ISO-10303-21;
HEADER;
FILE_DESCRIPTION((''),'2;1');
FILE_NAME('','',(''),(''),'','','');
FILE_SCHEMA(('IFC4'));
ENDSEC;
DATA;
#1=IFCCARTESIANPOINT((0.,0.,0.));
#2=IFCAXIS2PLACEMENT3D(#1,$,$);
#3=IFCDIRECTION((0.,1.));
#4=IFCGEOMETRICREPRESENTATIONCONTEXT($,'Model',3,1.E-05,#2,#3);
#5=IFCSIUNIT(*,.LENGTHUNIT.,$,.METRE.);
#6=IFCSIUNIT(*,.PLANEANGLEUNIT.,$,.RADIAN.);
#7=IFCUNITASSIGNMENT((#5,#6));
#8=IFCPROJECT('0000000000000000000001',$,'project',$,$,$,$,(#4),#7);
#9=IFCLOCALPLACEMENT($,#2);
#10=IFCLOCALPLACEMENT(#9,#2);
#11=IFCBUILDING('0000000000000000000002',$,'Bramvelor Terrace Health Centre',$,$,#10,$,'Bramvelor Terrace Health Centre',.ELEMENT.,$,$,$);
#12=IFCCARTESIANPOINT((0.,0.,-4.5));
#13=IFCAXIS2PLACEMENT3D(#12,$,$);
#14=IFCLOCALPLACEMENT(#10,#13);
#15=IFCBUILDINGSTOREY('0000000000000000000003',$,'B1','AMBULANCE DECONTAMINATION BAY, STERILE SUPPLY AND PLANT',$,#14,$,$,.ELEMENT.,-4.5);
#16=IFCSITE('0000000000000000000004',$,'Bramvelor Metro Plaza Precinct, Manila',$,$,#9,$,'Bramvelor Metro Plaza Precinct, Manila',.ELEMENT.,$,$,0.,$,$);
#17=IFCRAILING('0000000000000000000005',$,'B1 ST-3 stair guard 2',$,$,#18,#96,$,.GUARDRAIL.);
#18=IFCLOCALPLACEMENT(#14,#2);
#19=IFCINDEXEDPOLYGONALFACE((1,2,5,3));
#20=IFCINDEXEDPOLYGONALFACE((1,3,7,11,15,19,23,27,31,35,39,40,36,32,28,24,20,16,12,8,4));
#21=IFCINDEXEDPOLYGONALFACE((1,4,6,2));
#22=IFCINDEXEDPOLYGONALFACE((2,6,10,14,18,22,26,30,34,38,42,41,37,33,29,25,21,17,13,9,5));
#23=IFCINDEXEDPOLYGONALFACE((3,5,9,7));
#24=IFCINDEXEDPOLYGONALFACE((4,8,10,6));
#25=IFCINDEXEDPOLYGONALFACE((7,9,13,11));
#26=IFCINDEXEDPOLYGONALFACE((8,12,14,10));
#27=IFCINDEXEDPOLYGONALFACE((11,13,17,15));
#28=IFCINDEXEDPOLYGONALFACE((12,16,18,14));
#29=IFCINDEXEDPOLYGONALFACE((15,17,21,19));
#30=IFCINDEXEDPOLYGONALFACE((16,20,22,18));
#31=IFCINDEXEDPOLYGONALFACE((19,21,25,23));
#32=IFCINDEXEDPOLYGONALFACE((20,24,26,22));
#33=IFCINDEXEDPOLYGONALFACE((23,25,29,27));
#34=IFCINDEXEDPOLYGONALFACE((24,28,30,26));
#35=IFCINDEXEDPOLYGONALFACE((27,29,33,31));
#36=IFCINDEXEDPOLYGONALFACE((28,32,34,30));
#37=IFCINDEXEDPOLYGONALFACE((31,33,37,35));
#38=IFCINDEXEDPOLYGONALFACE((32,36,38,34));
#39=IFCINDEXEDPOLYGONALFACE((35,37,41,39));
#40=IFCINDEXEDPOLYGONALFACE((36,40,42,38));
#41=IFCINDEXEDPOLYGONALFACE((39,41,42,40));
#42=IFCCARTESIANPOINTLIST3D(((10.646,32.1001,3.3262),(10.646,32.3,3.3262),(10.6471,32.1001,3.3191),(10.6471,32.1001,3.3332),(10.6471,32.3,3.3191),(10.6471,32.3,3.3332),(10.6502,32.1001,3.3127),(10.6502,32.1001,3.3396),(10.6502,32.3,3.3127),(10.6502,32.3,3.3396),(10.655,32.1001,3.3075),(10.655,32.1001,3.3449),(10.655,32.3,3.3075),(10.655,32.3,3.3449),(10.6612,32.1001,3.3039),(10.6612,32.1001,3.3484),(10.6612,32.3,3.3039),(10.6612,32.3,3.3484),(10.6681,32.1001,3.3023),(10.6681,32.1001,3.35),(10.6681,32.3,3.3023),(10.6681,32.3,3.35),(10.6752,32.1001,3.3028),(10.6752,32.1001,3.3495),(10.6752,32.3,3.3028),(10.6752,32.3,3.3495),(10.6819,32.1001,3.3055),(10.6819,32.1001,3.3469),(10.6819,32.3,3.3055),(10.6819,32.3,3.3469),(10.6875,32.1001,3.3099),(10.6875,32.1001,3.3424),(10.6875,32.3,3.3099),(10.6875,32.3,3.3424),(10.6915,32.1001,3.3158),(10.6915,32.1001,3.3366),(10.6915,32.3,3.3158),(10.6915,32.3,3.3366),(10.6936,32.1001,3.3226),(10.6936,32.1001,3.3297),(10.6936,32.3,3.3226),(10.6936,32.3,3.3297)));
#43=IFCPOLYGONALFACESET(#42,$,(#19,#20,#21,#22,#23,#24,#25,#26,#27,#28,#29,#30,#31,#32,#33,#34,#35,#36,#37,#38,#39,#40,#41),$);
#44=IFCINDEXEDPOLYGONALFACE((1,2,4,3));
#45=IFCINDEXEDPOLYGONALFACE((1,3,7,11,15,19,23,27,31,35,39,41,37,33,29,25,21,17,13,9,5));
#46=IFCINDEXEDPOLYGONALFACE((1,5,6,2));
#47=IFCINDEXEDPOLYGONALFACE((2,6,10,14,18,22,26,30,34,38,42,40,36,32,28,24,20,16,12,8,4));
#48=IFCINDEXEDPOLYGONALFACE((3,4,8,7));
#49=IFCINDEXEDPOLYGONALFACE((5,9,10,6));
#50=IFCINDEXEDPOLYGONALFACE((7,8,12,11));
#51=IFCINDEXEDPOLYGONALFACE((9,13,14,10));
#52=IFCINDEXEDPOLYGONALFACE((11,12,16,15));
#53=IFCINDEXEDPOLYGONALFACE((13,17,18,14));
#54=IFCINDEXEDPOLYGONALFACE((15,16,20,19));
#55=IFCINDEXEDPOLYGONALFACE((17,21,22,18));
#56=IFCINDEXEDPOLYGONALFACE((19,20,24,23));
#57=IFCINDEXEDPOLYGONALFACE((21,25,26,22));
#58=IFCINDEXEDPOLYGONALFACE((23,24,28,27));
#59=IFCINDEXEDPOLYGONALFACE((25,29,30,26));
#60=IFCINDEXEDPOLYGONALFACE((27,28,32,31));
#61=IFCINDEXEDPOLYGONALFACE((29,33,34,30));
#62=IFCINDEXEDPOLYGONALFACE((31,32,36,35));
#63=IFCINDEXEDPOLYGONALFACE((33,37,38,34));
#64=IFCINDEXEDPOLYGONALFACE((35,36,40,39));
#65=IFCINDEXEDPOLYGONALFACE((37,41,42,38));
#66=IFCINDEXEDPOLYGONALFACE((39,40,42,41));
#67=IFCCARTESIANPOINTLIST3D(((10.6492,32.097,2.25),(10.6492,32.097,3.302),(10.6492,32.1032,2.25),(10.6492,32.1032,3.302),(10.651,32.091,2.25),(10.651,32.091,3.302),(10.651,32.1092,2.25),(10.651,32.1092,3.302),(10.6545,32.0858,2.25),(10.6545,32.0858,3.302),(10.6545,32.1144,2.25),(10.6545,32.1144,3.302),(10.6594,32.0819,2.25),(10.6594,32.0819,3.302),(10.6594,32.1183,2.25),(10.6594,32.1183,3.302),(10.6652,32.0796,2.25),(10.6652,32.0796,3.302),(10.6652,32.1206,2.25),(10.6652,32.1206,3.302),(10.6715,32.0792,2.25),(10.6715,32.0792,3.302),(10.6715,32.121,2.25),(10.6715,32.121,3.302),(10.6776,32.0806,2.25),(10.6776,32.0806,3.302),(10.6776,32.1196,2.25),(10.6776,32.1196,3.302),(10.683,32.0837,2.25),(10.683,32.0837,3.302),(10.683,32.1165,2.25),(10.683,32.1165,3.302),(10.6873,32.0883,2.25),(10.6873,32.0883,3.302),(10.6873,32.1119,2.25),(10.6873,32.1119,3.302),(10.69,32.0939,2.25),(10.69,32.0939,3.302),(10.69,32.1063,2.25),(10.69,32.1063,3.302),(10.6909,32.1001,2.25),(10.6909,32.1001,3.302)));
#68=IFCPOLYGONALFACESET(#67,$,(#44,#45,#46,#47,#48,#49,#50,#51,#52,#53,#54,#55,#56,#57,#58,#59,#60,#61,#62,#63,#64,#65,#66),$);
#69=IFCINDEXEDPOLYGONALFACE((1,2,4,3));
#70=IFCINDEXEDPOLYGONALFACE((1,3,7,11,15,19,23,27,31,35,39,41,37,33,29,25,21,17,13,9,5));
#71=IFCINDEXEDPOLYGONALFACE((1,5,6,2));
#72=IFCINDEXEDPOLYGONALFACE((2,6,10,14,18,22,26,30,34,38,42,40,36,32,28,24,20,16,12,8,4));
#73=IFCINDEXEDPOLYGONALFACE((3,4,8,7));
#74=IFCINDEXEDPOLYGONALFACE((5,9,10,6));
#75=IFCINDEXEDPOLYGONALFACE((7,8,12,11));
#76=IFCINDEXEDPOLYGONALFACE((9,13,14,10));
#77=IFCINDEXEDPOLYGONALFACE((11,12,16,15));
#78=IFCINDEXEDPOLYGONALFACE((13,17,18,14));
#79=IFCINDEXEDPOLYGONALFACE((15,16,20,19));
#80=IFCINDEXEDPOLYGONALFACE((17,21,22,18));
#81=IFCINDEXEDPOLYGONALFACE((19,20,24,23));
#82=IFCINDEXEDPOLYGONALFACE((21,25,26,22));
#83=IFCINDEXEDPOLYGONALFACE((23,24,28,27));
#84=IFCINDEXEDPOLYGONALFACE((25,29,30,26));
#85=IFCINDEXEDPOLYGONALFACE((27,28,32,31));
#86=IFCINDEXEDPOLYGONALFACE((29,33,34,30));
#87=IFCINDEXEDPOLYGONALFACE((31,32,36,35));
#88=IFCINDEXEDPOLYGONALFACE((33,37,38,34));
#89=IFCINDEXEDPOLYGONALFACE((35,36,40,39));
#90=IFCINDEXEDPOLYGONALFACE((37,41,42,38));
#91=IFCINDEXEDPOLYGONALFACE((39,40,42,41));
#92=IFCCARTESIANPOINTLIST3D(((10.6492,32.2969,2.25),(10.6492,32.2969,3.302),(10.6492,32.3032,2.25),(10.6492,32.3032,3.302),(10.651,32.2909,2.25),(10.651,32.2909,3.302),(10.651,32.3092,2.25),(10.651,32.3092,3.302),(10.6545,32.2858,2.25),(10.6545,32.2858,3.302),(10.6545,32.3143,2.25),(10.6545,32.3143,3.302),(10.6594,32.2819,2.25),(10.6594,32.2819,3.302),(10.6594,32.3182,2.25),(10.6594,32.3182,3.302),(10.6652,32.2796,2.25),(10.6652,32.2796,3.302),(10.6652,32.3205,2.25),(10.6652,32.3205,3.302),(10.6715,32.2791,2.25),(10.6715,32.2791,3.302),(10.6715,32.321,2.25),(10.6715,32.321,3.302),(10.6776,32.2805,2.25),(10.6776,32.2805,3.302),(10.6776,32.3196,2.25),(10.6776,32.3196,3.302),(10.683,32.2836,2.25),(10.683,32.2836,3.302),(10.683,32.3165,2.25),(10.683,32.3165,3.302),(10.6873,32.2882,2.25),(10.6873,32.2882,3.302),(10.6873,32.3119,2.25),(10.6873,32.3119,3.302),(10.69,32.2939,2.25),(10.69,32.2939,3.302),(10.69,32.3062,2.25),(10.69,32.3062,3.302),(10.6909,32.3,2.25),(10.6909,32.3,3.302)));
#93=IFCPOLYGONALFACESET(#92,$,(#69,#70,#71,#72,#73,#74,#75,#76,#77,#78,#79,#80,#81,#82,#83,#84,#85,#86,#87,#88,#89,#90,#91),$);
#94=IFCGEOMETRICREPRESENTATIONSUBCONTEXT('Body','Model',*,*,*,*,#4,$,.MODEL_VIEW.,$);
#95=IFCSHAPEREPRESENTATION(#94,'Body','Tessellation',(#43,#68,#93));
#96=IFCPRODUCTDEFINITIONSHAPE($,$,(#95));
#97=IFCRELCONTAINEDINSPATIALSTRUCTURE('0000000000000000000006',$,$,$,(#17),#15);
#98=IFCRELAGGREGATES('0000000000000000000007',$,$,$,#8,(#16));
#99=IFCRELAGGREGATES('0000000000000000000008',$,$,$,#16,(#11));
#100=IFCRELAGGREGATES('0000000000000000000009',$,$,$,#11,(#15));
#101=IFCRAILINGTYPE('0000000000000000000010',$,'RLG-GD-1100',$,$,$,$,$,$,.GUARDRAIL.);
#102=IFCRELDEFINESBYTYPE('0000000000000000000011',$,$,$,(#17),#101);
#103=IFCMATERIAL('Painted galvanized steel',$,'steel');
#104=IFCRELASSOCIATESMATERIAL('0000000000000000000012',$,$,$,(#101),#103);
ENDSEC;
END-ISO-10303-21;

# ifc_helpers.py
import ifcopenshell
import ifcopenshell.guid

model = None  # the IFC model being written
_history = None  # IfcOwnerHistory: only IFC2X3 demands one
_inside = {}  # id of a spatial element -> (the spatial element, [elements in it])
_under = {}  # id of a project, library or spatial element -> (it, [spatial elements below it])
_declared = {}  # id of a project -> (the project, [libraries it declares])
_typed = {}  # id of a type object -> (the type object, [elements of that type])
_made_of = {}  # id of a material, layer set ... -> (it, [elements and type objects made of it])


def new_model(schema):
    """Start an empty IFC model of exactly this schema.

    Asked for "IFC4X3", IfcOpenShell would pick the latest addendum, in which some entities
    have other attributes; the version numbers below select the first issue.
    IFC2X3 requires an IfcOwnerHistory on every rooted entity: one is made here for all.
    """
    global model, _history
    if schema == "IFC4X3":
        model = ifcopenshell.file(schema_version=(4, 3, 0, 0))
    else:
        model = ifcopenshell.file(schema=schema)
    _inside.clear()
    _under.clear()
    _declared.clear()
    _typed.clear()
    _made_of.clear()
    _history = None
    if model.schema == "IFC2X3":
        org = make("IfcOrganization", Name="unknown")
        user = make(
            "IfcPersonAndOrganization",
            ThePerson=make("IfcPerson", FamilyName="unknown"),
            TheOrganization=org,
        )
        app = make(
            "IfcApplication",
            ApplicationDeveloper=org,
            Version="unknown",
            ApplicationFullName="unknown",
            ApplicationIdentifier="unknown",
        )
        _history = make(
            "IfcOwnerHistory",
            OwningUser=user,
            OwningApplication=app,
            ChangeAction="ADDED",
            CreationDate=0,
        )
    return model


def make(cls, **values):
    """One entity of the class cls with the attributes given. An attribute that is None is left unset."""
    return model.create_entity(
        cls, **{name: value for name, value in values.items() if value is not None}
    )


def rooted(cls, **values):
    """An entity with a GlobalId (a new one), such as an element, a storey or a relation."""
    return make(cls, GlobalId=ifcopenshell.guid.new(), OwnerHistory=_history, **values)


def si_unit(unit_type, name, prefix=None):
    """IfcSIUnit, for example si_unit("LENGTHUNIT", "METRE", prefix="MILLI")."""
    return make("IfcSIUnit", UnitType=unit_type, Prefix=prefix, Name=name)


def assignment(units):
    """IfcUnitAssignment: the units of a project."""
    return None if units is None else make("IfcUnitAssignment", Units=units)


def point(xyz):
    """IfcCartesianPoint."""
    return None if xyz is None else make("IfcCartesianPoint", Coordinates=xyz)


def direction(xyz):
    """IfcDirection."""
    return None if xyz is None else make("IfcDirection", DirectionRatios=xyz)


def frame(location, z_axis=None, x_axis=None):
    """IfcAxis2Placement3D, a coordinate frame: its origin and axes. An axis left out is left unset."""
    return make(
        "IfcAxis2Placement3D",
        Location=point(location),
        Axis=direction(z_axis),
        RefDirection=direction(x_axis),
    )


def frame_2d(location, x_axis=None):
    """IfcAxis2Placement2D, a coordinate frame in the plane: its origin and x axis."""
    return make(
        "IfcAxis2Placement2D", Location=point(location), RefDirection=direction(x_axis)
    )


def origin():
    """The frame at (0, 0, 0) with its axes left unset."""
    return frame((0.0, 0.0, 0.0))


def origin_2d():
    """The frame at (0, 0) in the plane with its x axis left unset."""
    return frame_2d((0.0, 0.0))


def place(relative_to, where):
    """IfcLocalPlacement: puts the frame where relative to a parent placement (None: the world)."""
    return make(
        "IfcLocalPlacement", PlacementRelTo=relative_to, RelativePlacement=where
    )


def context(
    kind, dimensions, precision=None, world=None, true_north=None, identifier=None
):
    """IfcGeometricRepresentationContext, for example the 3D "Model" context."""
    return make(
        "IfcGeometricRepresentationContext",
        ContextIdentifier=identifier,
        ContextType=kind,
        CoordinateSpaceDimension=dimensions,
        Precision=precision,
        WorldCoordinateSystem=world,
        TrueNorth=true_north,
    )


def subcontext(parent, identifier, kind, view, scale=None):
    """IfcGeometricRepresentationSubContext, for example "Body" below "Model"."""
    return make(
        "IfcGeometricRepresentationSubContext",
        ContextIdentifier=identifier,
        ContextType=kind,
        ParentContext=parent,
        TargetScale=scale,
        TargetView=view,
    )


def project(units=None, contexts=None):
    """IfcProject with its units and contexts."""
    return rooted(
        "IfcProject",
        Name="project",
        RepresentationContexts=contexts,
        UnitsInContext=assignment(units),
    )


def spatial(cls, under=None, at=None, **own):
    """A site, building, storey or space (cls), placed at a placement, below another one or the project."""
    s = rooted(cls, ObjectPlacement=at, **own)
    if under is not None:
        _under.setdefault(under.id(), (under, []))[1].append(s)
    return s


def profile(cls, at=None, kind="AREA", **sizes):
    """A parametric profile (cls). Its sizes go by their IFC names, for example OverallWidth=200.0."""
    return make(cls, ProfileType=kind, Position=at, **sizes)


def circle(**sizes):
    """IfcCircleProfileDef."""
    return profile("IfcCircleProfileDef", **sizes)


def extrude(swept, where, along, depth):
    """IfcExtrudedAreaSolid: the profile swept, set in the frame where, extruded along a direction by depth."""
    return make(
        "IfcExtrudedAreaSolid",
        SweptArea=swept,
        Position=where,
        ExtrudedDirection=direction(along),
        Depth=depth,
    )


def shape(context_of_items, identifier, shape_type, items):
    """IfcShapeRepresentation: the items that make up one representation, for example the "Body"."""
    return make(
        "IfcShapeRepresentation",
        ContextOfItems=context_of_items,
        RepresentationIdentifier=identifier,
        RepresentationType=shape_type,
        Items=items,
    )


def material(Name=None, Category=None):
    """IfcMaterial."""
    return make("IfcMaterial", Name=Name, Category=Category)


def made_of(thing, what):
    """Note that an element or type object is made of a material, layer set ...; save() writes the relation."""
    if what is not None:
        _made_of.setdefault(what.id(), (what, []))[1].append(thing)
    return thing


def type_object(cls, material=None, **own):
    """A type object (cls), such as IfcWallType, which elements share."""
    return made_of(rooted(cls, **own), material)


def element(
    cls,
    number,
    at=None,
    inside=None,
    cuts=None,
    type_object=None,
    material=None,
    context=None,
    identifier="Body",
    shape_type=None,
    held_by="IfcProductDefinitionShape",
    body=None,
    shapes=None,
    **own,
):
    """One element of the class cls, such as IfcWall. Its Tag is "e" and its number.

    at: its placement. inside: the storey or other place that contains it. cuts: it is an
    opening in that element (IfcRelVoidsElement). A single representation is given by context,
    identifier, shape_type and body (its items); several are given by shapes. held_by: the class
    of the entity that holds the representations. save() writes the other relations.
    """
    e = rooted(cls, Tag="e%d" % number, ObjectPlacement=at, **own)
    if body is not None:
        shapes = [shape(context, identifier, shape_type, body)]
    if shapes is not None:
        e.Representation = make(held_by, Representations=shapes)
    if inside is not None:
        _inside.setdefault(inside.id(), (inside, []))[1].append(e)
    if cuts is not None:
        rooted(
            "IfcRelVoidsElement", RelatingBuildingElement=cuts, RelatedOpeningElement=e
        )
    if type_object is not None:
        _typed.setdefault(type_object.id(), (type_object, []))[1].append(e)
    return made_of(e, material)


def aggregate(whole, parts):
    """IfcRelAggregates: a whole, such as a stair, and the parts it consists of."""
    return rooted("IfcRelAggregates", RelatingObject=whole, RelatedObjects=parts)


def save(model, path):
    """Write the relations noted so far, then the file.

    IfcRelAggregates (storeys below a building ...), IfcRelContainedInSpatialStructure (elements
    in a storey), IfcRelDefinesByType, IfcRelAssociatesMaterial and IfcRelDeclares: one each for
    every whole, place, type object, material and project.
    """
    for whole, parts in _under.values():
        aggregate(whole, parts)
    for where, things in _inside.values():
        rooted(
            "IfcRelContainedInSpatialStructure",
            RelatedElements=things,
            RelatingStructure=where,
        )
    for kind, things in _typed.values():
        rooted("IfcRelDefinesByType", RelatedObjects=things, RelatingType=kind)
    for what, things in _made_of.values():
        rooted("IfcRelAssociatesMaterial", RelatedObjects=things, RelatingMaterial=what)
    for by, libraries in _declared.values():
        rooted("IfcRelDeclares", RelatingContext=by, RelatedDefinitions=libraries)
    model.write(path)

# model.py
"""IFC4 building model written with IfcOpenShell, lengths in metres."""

from ifc_helpers import new_model, si_unit, direction, frame, origin, origin_2d, place, context, subcontext, project, spatial, circle, extrude, material, type_object, element, save


model = new_model("IFC4")

# Units and contexts
model_context = context("Model", 3, precision=1e-05, world=origin(), true_north=direction((0.0, 1.0)))
body_context = subcontext(model_context, "Body", "Model", "MODEL_VIEW")
ifc_project = project(units=[si_unit("LENGTHUNIT", "METRE"), si_unit("PLANEANGLEUNIT", "RADIAN")], contexts=[model_context])

# Site, building, storey
site_placement = place(None, origin())
site = spatial("IfcSite", under=ifc_project, at=site_placement, Name="Bramvelor Metro Plaza Precinct, Manila", LongName="Bramvelor Metro Plaza Precinct, Manila", CompositionType="ELEMENT", RefElevation=0.0)
building_placement = place(site_placement, origin())
building = spatial("IfcBuilding", under=site, at=building_placement, Name="Bramvelor Terrace Health Centre", LongName="Bramvelor Terrace Health Centre", CompositionType="ELEMENT")
storey_placement = place(building_placement, frame((0.0, 0.0, -4.5)))
storey = spatial("IfcBuildingStorey", under=building, at=storey_placement, Name="B1", Description="AMBULANCE DECONTAMINATION BAY, STERILE SUPPLY AND PLANT", CompositionType="ELEMENT", Elevation=-4.5)

# Railing
ifc_material_1 = material(Name="Painted galvanized steel", Category="steel")
railing_type_1 = type_object("IfcRailingType", Name="RLG-GD-1100", PredefinedType="GUARDRAIL", material=ifc_material_1)
railing_1_placement = place(storey_placement, frame((10.6699, 32.1001, 2.25)))
element("IfcRailing", 1, at=railing_1_placement, inside=storey, type_object=railing_type_1, Name="B1 ST-3 stair guard 2", PredefinedType="GUARDRAIL", context=body_context, shape_type="SweptSolid", body=[
    extrude(circle(Radius=0.0239, at=origin_2d()), frame((0.0, 0.0, 1.0762), z_axis=(0.0, 1.0, 0.0), x_axis=(-1.0, 0.0, 0.0)), (0.0, 0.0, 1.0), 0.2),
    extrude(circle(Radius=0.021, at=origin_2d()), origin(), (0.0, 0.0, 1.0), 1.052),
    extrude(circle(Radius=0.021, at=origin_2d()), frame((0.0, 0.2, 0.0)), (0.0, 0.0, 1.0), 1.052),
])

save(model, "model.ifc")
